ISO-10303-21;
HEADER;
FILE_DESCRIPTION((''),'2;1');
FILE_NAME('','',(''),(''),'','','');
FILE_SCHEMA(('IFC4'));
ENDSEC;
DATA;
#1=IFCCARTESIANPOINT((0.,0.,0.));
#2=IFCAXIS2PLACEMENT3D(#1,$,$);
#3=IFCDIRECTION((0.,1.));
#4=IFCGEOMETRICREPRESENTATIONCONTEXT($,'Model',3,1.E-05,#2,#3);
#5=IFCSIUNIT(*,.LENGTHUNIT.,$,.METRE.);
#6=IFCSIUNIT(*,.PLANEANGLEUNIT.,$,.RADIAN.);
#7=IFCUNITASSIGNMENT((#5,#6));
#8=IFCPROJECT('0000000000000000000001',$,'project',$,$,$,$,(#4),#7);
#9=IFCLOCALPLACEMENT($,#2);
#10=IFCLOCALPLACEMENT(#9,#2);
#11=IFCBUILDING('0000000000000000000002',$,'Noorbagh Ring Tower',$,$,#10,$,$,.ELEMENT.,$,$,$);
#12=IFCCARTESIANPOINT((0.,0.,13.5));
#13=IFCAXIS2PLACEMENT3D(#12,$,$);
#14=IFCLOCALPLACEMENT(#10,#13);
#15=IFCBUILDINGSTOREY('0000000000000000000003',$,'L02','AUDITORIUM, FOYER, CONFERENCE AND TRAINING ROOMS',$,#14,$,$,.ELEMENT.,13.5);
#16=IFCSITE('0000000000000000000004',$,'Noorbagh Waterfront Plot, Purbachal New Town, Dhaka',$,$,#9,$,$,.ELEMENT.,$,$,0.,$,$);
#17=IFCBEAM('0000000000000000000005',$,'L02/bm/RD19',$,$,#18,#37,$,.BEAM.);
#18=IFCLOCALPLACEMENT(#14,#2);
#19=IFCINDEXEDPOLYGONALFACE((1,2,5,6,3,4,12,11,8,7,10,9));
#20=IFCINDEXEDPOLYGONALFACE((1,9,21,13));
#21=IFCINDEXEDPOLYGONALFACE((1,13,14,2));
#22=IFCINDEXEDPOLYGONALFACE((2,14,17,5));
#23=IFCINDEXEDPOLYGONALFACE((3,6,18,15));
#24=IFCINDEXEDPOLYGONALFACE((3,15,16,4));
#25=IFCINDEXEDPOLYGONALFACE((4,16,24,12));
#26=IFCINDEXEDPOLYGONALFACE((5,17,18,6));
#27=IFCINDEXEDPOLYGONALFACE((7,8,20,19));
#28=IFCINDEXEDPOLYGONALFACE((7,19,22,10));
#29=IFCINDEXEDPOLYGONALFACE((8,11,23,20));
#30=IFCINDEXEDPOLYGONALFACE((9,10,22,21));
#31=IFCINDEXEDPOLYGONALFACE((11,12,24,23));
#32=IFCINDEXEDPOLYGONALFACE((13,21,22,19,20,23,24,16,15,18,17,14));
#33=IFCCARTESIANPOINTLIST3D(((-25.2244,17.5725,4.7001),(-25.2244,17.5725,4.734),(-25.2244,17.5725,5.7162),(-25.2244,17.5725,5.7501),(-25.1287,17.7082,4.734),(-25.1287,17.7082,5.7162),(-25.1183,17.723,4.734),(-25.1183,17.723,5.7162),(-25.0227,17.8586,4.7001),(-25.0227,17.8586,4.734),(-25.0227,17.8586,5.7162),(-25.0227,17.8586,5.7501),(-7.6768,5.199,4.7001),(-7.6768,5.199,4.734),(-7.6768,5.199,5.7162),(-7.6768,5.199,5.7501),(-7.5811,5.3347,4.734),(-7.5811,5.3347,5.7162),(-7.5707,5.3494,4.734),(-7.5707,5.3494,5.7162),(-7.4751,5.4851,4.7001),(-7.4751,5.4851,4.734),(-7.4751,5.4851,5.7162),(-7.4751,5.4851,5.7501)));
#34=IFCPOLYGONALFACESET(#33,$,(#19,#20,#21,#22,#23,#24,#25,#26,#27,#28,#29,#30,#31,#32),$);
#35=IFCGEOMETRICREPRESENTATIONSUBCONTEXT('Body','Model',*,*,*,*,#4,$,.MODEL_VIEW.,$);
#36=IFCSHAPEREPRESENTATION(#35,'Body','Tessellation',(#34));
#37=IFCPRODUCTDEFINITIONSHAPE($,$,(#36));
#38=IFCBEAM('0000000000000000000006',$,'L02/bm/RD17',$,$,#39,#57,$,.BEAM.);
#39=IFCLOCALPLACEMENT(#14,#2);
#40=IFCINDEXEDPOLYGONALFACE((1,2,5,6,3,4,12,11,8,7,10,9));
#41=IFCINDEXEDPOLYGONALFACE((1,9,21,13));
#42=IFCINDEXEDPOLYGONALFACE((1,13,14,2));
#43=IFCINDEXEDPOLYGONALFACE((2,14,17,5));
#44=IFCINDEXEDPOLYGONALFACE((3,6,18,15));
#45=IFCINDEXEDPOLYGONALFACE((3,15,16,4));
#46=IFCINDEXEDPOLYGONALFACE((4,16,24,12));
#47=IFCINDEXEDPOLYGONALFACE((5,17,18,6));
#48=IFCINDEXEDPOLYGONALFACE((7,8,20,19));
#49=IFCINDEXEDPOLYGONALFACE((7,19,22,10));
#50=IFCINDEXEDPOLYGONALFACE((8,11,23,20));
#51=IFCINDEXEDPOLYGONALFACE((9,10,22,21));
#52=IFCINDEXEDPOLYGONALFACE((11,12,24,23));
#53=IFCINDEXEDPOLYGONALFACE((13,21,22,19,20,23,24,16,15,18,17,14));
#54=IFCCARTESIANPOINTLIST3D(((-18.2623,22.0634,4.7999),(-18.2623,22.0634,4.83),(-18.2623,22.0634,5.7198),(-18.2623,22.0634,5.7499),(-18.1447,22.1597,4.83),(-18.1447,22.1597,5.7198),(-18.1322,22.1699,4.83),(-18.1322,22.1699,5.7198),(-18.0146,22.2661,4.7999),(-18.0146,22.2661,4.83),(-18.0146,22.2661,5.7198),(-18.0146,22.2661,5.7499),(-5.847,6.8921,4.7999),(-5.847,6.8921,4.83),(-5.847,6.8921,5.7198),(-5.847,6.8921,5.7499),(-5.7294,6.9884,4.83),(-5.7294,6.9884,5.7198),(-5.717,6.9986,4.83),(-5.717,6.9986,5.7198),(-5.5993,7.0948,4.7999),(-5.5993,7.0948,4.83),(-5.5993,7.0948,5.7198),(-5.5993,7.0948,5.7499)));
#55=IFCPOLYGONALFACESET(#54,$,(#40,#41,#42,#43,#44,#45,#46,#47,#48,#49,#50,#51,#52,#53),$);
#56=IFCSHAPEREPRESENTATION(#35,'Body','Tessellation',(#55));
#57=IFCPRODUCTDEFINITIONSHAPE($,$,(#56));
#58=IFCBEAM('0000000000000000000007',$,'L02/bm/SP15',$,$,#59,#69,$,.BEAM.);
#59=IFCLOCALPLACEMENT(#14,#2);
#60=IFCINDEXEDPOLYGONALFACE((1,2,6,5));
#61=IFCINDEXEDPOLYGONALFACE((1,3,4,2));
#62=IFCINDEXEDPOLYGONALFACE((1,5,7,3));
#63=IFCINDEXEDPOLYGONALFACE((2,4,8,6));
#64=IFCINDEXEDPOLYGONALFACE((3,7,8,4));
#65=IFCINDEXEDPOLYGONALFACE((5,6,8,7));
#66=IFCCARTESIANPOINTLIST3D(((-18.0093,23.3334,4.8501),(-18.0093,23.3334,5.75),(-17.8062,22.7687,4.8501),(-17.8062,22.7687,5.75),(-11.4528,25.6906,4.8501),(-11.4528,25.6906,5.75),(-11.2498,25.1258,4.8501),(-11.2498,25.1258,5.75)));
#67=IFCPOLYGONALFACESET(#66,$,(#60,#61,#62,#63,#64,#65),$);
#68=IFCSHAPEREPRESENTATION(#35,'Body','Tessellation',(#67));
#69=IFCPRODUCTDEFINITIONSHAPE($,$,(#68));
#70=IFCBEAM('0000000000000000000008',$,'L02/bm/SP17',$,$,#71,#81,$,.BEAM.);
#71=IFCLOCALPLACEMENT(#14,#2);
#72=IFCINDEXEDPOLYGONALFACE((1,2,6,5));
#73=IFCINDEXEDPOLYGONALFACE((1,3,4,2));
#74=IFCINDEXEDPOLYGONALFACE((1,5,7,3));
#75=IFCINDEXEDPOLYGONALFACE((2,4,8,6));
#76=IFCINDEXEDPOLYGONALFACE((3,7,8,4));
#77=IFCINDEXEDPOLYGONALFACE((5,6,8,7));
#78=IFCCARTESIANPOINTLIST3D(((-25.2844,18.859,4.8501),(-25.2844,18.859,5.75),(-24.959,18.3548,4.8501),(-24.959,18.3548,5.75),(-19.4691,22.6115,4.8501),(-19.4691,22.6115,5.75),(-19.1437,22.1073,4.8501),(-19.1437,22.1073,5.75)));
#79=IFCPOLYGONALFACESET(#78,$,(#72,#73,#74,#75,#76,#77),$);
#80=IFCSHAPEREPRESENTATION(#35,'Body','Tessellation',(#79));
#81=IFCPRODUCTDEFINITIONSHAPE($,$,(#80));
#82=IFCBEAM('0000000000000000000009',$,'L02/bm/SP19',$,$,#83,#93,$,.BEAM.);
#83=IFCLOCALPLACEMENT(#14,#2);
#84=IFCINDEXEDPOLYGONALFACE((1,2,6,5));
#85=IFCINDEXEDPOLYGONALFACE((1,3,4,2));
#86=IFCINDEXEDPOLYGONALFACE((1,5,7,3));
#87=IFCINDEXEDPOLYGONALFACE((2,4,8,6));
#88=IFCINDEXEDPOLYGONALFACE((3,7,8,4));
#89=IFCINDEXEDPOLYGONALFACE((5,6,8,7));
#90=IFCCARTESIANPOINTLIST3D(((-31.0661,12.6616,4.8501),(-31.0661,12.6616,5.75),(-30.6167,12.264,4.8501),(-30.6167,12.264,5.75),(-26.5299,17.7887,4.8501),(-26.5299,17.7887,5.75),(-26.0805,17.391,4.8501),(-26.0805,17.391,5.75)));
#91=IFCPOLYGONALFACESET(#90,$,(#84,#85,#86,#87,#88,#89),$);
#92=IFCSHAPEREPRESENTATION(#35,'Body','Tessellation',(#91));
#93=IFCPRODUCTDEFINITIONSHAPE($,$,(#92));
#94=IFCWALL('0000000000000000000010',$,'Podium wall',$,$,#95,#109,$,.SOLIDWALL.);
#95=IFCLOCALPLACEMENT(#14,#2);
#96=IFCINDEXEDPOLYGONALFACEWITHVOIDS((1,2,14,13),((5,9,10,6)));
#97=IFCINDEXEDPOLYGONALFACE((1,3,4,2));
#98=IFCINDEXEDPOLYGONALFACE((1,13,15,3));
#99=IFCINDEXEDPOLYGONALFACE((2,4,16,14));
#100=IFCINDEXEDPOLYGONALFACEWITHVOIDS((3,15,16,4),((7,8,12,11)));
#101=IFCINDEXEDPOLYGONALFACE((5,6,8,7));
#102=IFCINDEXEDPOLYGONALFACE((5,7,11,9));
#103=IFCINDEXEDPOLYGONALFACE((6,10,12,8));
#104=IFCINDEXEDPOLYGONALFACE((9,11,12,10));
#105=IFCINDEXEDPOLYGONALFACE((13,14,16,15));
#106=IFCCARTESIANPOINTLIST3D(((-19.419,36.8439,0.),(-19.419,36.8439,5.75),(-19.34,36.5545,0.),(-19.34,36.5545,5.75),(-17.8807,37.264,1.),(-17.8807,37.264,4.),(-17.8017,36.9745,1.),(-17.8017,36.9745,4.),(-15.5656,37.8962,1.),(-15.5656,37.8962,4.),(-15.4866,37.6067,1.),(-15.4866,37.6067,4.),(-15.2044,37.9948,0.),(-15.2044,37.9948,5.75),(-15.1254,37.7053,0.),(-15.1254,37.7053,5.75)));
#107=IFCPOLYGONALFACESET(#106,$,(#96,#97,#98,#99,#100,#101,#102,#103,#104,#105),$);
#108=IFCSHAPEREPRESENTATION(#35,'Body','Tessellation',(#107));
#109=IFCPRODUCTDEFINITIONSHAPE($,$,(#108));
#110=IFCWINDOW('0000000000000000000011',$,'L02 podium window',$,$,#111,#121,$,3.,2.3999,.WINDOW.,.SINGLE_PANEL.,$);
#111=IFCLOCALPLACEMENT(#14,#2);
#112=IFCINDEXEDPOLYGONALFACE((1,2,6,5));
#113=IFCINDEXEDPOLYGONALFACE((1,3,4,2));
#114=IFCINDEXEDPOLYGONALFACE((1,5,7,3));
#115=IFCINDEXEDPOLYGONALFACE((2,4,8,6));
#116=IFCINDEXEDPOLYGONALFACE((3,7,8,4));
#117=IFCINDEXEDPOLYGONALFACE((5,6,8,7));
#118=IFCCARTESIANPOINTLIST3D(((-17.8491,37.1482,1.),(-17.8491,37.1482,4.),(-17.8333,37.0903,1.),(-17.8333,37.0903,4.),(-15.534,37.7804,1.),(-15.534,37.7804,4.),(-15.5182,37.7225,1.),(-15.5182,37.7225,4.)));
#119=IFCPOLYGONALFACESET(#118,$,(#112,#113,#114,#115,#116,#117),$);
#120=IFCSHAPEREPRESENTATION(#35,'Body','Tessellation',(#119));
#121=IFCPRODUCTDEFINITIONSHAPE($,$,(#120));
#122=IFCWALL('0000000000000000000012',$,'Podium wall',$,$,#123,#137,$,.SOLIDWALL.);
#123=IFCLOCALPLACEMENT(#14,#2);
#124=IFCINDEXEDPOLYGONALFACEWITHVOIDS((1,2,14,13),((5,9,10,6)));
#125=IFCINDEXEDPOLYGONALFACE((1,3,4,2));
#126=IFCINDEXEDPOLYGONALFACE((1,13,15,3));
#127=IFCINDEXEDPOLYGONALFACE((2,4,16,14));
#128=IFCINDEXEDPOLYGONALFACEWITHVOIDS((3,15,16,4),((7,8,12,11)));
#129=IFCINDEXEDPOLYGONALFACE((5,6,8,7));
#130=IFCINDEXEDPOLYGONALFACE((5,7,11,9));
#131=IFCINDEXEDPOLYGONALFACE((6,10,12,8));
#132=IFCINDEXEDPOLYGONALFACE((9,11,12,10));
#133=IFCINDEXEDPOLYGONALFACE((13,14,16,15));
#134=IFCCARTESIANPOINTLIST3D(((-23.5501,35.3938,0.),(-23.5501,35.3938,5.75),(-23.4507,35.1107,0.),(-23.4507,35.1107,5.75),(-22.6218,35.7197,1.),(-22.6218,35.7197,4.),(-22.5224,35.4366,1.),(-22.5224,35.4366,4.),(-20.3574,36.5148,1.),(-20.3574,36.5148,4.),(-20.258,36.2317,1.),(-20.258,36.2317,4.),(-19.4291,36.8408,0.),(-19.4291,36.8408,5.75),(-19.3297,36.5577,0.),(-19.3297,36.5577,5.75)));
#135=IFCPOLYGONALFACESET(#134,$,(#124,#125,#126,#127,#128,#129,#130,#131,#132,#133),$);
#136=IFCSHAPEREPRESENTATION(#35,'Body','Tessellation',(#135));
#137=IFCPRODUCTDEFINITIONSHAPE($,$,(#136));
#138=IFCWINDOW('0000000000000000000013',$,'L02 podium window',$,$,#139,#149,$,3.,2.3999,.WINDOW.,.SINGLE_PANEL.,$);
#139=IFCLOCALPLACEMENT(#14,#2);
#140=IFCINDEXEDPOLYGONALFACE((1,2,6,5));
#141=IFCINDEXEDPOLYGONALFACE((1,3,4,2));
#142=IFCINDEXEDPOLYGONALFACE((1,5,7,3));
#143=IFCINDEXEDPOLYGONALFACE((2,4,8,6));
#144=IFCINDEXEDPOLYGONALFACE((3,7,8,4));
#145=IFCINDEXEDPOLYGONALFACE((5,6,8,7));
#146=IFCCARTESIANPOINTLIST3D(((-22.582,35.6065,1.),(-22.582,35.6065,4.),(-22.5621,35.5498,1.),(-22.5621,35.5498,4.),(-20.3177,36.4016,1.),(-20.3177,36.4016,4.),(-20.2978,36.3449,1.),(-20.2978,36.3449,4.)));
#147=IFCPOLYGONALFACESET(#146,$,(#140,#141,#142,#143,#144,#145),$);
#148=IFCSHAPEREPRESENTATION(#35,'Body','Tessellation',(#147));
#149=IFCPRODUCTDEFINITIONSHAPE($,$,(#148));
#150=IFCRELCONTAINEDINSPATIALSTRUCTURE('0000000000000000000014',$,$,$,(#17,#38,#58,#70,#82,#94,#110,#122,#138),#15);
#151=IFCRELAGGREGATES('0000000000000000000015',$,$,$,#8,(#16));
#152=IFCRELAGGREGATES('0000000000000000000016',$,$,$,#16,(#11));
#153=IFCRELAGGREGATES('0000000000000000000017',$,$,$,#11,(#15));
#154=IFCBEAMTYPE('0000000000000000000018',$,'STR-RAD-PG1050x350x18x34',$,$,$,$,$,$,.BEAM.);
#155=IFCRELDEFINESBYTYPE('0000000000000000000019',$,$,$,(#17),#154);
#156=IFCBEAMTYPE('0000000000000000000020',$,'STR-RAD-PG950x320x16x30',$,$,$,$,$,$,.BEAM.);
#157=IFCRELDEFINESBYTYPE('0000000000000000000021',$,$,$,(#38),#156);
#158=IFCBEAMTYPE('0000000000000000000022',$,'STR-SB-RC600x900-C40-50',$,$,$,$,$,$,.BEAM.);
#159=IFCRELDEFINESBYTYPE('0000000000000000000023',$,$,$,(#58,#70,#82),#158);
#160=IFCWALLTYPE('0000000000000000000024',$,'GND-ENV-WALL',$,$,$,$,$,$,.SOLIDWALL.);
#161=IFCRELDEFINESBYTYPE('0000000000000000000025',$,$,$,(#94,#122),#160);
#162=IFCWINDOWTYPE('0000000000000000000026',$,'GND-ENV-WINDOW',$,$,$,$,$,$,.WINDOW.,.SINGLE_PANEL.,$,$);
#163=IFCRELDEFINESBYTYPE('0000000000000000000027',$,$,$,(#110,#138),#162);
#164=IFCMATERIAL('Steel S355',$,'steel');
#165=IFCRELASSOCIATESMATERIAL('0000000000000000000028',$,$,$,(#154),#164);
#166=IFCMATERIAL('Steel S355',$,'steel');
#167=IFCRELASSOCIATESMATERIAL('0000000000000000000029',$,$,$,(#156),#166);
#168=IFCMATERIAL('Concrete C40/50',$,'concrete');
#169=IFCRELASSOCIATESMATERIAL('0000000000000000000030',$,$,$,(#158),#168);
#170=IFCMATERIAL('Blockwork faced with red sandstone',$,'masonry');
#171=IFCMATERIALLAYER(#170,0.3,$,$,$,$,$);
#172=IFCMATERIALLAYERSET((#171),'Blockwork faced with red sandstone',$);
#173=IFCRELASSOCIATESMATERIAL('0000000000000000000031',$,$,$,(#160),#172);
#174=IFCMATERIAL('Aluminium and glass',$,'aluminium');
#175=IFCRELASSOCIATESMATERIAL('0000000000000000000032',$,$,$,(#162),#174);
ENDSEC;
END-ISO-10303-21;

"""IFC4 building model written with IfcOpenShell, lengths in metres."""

from ifc_helpers import new_model, si_unit, direction, frame, frame_2d, origin, origin_2d, place, context, subcontext, project, spatial, rectangle, i_section, extrude, material, layer, layer_set, material_profile, profile_set, type_object, element, fill, save


model = new_model("IFC4")

# Units and contexts
model_context = context("Model", 3, precision=1e-05, world=origin(), true_north=direction((0.0, 1.0)))
body_context = subcontext(model_context, "Body", "Model", "MODEL_VIEW")
ifc_project = project(units=[si_unit("LENGTHUNIT", "METRE"), si_unit("PLANEANGLEUNIT", "RADIAN")], contexts=[model_context])

# Site, building, storey
site_placement = place(None, origin())
site = spatial("IfcSite", under=ifc_project, at=site_placement, Name="Noorbagh Waterfront Plot, Purbachal New Town, Dhaka", CompositionType="ELEMENT", RefElevation=0.0)
building_placement = place(site_placement, origin())
building = spatial("IfcBuilding", under=site, at=building_placement, Name="Noorbagh Ring Tower", CompositionType="ELEMENT")
storey_placement = place(building_placement, frame((0.0, 0.0, 13.5)))
storey = spatial("IfcBuildingStorey", under=building, at=storey_placement, Name="L02", Description="AUDITORIUM, FOYER, CONFERENCE AND TRAINING ROOMS", CompositionType="ELEMENT", Elevation=13.5)

# Beams
ifc_material_1 = material(Name="Steel S355", Category="steel")
ifc_material_profile_1 = material_profile(ifc_material_1, i_section(OverallWidth=0.3501, OverallDepth=1.05, WebThickness=0.0181, FlangeThickness=0.0339, at=origin_2d()), Name="PG1050x350x18x34")
ifc_profile_set_1 = profile_set([ifc_material_profile_1], Name="Steel S355")
beam_type_1 = type_object("IfcBeamType", Name="STR-RAD-PG1050x350x18x34", PredefinedType="BEAM", material=ifc_profile_set_1)
beam_1_placement = place(storey_placement, frame((-25.1235, 17.7156, 5.2251), z_axis=(0.817253, -0.576279, 0.0), x_axis=(0.576279, 0.817253, 0.0)))
element("IfcBeam", 1, at=beam_1_placement, inside=storey, type_object=beam_type_1, Name="L02/bm/RD19", PredefinedType="BEAM", context=body_context, shape_type="SweptSolid", body=[
    extrude(i_section(OverallWidth=0.3501, OverallDepth=1.05, WebThickness=0.0181, FlangeThickness=0.0339, at=origin_2d()), origin(), (0.0, 0.0, 1.0), 21.4714),
])
ifc_material_2 = material(Name="Steel S355", Category="steel")
ifc_material_profile_2 = material_profile(ifc_material_2, i_section(OverallWidth=0.3201, OverallDepth=0.95, WebThickness=0.0161, FlangeThickness=0.03, at=origin_2d()), Name="PG950x320x16x30")
ifc_profile_set_2 = profile_set([ifc_material_profile_2], Name="Steel S355")
beam_type_2 = type_object("IfcBeamType", Name="STR-RAD-PG950x320x16x30", PredefinedType="BEAM", material=ifc_profile_set_2)
beam_2_placement = place(storey_placement, frame((-18.1384, 22.1648, 5.2749), z_axis=(0.633309, -0.773899, 0.0), x_axis=(0.773899, 0.633309, 0.0)))
element("IfcBeam", 2, at=beam_2_placement, inside=storey, type_object=beam_type_2, Name="L02/bm/RD17", PredefinedType="BEAM", context=body_context, shape_type="SweptSolid", body=[
    extrude(i_section(OverallWidth=0.3201, OverallDepth=0.95, WebThickness=0.0161, FlangeThickness=0.03, at=origin_2d()), origin(), (0.0, 0.0, 1.0), 19.6038),
])
ifc_material_3 = material(Name="Concrete C40/50", Category="concrete")
ifc_material_profile_3 = material_profile(ifc_material_3, rectangle(XDim=0.6001, YDim=0.8999, at=origin_2d()), Name="RC600x900")
ifc_profile_set_3 = profile_set([ifc_material_profile_3], Name="Concrete C40/50")
beam_type_3 = type_object("IfcBeamType", Name="STR-SB-RC600x900-C40-50", PredefinedType="BEAM", material=ifc_profile_set_3)
beam_3_placement = place(storey_placement, frame((-11.3513, 25.4082, 5.3), z_axis=(-0.94103, -0.338322, 0.0), x_axis=(0.338322, -0.94103, 0.0)))
element("IfcBeam", 3, at=beam_3_placement, inside=storey, type_object=beam_type_3, Name="L02/bm/SP15", PredefinedType="BEAM", context=body_context, shape_type="SweptSolid", body=[
    extrude(rectangle(XDim=0.6001, YDim=0.8999, at=origin_2d()), origin(), (0.0, 0.0, 1.0), 6.9673),
])
beam_4_placement = place(storey_placement, frame((-19.3064, 22.3594, 5.3), z_axis=(-0.84025, -0.542199, 0.0), x_axis=(0.542199, -0.84025, 0.0)))
element("IfcBeam", 4, at=beam_4_placement, inside=storey, type_object=beam_type_3, Name="L02/bm/SP17", PredefinedType="BEAM", context=body_context, shape_type="SweptSolid", body=[
    extrude(rectangle(XDim=0.6001, YDim=0.8999, at=origin_2d()), origin(), (0.0, 0.0, 1.0), 6.9209),
])
beam_5_placement = place(storey_placement, frame((-26.3052, 17.5898, 5.3), z_axis=(-0.662635, -0.748942, 0.0), x_axis=(0.748942, -0.662635, 0.0)))
element("IfcBeam", 5, at=beam_5_placement, inside=storey, type_object=beam_type_3, Name="L02/bm/SP19", PredefinedType="BEAM", context=body_context, shape_type="SweptSolid", body=[
    extrude(rectangle(XDim=0.6001, YDim=0.8999, at=origin_2d()), origin(), (0.0, 0.0, 1.0), 6.8457),
])

# Walls, openings, windows
ifc_material_4 = material(Name="Blockwork faced with red sandstone", Category="masonry")
ifc_layer_1 = layer(ifc_material_4, 0.3)
ifc_layer_set_1 = layer_set([ifc_layer_1], Name="Blockwork faced with red sandstone")
wall_type_1 = type_object("IfcWallType", Name="GND-ENV-WALL", PredefinedType="SOLIDWALL", material=ifc_layer_set_1)
wall_1_placement = place(storey_placement, frame((-15.1648, 37.8501, 0.0), z_axis=(0.0, 0.0, 1.0), x_axis=(-0.96468, -0.263425, 0.0)))
wall_1 = element("IfcWall", 6, at=wall_1_placement, inside=storey, type_object=wall_type_1, Name="Podium wall", PredefinedType="SOLIDWALL", context=body_context, shape_type="SweptSolid", body=[
    extrude(rectangle(XDim=4.3689, YDim=0.3, at=frame_2d((2.1846, 0.0))), origin(), (0.0, 0.0, 1.0), 5.75),
])
opening_1_placement = place(wall_1_placement, frame((0.3745, 0.0, 1.0)))
opening_1 = element("IfcOpeningElement", 7, at=opening_1_placement, cuts=wall_1, PredefinedType="OPENING", context=body_context, shape_type="SweptSolid", body=[
    extrude(rectangle(XDim=2.3999, YDim=3.0, at=frame_2d((1.2, 1.5))), frame((0.0, 0.1602, 0.0), z_axis=(0.0, -1.0, 0.0), x_axis=(1.0, 0.0, 0.0)), (0.0, 0.0, 1.0), 0.3201),
])
ifc_material_5 = material(Name="Aluminium and glass", Category="aluminium")
window_type = type_object("IfcWindowType", Name="GND-ENV-WINDOW", PartitioningType="SINGLE_PANEL", PredefinedType="WINDOW", material=ifc_material_5)
window_1_placement = place(opening_1_placement, origin())
window_1 = element("IfcWindow", 8, at=window_1_placement, inside=storey, type_object=window_type, Name="L02 podium window", OverallHeight=3.0, OverallWidth=2.3999, PartitioningType="SINGLE_PANEL", PredefinedType="WINDOW", context=body_context, shape_type="SweptSolid", body=[
    extrude(rectangle(XDim=2.3999, YDim=3.0, at=frame_2d((1.2, 1.5))), frame((0.0, 0.03, 0.0), z_axis=(0.0, -1.0, 0.0), x_axis=(1.0, 0.0, 0.0)), (0.0, 0.0, 1.0), 0.0601),
])
fill(opening_1, window_1)
wall_2_placement = place(storey_placement, frame((-19.3794, 36.6992, 0.0), z_axis=(0.0, 0.0, 1.0), x_axis=(-0.943527, -0.331296, 0.0)))
wall_2 = element("IfcWall", 9, at=wall_2_placement, inside=storey, type_object=wall_type_1, Name="Podium wall", PredefinedType="SOLIDWALL", context=body_context, shape_type="SweptSolid", body=[
    extrude(rectangle(XDim=4.3677, YDim=0.3, at=frame_2d((2.1838, 0.0))), origin(), (0.0, 0.0, 1.0), 5.75),
])
opening_2_placement = place(wall_2_placement, frame((0.9839, 0.0, 1.0)))
opening_2 = element("IfcOpeningElement", 10, at=opening_2_placement, cuts=wall_2, PredefinedType="OPENING", context=body_context, shape_type="SweptSolid", body=[
    extrude(rectangle(XDim=2.3999, YDim=3.0, at=frame_2d((1.2, 1.5))), frame((0.0, 0.1602, 0.0), z_axis=(0.0, -1.0, 0.0), x_axis=(1.0, 0.0, 0.0)), (0.0, 0.0, 1.0), 0.3201),
])
window_2_placement = place(opening_2_placement, origin())
window_2 = element("IfcWindow", 11, at=window_2_placement, inside=storey, type_object=window_type, Name="L02 podium window", OverallHeight=3.0, OverallWidth=2.3999, PartitioningType="SINGLE_PANEL", PredefinedType="WINDOW", context=body_context, shape_type="SweptSolid", body=[
    extrude(rectangle(XDim=2.3999, YDim=3.0, at=frame_2d((1.2, 1.5))), frame((0.0, 0.03, 0.0), z_axis=(0.0, -1.0, 0.0), x_axis=(1.0, 0.0, 0.0)), (0.0, 0.0, 1.0), 0.0601),
])
fill(opening_2, window_2)

save(model, "model.ifc")
